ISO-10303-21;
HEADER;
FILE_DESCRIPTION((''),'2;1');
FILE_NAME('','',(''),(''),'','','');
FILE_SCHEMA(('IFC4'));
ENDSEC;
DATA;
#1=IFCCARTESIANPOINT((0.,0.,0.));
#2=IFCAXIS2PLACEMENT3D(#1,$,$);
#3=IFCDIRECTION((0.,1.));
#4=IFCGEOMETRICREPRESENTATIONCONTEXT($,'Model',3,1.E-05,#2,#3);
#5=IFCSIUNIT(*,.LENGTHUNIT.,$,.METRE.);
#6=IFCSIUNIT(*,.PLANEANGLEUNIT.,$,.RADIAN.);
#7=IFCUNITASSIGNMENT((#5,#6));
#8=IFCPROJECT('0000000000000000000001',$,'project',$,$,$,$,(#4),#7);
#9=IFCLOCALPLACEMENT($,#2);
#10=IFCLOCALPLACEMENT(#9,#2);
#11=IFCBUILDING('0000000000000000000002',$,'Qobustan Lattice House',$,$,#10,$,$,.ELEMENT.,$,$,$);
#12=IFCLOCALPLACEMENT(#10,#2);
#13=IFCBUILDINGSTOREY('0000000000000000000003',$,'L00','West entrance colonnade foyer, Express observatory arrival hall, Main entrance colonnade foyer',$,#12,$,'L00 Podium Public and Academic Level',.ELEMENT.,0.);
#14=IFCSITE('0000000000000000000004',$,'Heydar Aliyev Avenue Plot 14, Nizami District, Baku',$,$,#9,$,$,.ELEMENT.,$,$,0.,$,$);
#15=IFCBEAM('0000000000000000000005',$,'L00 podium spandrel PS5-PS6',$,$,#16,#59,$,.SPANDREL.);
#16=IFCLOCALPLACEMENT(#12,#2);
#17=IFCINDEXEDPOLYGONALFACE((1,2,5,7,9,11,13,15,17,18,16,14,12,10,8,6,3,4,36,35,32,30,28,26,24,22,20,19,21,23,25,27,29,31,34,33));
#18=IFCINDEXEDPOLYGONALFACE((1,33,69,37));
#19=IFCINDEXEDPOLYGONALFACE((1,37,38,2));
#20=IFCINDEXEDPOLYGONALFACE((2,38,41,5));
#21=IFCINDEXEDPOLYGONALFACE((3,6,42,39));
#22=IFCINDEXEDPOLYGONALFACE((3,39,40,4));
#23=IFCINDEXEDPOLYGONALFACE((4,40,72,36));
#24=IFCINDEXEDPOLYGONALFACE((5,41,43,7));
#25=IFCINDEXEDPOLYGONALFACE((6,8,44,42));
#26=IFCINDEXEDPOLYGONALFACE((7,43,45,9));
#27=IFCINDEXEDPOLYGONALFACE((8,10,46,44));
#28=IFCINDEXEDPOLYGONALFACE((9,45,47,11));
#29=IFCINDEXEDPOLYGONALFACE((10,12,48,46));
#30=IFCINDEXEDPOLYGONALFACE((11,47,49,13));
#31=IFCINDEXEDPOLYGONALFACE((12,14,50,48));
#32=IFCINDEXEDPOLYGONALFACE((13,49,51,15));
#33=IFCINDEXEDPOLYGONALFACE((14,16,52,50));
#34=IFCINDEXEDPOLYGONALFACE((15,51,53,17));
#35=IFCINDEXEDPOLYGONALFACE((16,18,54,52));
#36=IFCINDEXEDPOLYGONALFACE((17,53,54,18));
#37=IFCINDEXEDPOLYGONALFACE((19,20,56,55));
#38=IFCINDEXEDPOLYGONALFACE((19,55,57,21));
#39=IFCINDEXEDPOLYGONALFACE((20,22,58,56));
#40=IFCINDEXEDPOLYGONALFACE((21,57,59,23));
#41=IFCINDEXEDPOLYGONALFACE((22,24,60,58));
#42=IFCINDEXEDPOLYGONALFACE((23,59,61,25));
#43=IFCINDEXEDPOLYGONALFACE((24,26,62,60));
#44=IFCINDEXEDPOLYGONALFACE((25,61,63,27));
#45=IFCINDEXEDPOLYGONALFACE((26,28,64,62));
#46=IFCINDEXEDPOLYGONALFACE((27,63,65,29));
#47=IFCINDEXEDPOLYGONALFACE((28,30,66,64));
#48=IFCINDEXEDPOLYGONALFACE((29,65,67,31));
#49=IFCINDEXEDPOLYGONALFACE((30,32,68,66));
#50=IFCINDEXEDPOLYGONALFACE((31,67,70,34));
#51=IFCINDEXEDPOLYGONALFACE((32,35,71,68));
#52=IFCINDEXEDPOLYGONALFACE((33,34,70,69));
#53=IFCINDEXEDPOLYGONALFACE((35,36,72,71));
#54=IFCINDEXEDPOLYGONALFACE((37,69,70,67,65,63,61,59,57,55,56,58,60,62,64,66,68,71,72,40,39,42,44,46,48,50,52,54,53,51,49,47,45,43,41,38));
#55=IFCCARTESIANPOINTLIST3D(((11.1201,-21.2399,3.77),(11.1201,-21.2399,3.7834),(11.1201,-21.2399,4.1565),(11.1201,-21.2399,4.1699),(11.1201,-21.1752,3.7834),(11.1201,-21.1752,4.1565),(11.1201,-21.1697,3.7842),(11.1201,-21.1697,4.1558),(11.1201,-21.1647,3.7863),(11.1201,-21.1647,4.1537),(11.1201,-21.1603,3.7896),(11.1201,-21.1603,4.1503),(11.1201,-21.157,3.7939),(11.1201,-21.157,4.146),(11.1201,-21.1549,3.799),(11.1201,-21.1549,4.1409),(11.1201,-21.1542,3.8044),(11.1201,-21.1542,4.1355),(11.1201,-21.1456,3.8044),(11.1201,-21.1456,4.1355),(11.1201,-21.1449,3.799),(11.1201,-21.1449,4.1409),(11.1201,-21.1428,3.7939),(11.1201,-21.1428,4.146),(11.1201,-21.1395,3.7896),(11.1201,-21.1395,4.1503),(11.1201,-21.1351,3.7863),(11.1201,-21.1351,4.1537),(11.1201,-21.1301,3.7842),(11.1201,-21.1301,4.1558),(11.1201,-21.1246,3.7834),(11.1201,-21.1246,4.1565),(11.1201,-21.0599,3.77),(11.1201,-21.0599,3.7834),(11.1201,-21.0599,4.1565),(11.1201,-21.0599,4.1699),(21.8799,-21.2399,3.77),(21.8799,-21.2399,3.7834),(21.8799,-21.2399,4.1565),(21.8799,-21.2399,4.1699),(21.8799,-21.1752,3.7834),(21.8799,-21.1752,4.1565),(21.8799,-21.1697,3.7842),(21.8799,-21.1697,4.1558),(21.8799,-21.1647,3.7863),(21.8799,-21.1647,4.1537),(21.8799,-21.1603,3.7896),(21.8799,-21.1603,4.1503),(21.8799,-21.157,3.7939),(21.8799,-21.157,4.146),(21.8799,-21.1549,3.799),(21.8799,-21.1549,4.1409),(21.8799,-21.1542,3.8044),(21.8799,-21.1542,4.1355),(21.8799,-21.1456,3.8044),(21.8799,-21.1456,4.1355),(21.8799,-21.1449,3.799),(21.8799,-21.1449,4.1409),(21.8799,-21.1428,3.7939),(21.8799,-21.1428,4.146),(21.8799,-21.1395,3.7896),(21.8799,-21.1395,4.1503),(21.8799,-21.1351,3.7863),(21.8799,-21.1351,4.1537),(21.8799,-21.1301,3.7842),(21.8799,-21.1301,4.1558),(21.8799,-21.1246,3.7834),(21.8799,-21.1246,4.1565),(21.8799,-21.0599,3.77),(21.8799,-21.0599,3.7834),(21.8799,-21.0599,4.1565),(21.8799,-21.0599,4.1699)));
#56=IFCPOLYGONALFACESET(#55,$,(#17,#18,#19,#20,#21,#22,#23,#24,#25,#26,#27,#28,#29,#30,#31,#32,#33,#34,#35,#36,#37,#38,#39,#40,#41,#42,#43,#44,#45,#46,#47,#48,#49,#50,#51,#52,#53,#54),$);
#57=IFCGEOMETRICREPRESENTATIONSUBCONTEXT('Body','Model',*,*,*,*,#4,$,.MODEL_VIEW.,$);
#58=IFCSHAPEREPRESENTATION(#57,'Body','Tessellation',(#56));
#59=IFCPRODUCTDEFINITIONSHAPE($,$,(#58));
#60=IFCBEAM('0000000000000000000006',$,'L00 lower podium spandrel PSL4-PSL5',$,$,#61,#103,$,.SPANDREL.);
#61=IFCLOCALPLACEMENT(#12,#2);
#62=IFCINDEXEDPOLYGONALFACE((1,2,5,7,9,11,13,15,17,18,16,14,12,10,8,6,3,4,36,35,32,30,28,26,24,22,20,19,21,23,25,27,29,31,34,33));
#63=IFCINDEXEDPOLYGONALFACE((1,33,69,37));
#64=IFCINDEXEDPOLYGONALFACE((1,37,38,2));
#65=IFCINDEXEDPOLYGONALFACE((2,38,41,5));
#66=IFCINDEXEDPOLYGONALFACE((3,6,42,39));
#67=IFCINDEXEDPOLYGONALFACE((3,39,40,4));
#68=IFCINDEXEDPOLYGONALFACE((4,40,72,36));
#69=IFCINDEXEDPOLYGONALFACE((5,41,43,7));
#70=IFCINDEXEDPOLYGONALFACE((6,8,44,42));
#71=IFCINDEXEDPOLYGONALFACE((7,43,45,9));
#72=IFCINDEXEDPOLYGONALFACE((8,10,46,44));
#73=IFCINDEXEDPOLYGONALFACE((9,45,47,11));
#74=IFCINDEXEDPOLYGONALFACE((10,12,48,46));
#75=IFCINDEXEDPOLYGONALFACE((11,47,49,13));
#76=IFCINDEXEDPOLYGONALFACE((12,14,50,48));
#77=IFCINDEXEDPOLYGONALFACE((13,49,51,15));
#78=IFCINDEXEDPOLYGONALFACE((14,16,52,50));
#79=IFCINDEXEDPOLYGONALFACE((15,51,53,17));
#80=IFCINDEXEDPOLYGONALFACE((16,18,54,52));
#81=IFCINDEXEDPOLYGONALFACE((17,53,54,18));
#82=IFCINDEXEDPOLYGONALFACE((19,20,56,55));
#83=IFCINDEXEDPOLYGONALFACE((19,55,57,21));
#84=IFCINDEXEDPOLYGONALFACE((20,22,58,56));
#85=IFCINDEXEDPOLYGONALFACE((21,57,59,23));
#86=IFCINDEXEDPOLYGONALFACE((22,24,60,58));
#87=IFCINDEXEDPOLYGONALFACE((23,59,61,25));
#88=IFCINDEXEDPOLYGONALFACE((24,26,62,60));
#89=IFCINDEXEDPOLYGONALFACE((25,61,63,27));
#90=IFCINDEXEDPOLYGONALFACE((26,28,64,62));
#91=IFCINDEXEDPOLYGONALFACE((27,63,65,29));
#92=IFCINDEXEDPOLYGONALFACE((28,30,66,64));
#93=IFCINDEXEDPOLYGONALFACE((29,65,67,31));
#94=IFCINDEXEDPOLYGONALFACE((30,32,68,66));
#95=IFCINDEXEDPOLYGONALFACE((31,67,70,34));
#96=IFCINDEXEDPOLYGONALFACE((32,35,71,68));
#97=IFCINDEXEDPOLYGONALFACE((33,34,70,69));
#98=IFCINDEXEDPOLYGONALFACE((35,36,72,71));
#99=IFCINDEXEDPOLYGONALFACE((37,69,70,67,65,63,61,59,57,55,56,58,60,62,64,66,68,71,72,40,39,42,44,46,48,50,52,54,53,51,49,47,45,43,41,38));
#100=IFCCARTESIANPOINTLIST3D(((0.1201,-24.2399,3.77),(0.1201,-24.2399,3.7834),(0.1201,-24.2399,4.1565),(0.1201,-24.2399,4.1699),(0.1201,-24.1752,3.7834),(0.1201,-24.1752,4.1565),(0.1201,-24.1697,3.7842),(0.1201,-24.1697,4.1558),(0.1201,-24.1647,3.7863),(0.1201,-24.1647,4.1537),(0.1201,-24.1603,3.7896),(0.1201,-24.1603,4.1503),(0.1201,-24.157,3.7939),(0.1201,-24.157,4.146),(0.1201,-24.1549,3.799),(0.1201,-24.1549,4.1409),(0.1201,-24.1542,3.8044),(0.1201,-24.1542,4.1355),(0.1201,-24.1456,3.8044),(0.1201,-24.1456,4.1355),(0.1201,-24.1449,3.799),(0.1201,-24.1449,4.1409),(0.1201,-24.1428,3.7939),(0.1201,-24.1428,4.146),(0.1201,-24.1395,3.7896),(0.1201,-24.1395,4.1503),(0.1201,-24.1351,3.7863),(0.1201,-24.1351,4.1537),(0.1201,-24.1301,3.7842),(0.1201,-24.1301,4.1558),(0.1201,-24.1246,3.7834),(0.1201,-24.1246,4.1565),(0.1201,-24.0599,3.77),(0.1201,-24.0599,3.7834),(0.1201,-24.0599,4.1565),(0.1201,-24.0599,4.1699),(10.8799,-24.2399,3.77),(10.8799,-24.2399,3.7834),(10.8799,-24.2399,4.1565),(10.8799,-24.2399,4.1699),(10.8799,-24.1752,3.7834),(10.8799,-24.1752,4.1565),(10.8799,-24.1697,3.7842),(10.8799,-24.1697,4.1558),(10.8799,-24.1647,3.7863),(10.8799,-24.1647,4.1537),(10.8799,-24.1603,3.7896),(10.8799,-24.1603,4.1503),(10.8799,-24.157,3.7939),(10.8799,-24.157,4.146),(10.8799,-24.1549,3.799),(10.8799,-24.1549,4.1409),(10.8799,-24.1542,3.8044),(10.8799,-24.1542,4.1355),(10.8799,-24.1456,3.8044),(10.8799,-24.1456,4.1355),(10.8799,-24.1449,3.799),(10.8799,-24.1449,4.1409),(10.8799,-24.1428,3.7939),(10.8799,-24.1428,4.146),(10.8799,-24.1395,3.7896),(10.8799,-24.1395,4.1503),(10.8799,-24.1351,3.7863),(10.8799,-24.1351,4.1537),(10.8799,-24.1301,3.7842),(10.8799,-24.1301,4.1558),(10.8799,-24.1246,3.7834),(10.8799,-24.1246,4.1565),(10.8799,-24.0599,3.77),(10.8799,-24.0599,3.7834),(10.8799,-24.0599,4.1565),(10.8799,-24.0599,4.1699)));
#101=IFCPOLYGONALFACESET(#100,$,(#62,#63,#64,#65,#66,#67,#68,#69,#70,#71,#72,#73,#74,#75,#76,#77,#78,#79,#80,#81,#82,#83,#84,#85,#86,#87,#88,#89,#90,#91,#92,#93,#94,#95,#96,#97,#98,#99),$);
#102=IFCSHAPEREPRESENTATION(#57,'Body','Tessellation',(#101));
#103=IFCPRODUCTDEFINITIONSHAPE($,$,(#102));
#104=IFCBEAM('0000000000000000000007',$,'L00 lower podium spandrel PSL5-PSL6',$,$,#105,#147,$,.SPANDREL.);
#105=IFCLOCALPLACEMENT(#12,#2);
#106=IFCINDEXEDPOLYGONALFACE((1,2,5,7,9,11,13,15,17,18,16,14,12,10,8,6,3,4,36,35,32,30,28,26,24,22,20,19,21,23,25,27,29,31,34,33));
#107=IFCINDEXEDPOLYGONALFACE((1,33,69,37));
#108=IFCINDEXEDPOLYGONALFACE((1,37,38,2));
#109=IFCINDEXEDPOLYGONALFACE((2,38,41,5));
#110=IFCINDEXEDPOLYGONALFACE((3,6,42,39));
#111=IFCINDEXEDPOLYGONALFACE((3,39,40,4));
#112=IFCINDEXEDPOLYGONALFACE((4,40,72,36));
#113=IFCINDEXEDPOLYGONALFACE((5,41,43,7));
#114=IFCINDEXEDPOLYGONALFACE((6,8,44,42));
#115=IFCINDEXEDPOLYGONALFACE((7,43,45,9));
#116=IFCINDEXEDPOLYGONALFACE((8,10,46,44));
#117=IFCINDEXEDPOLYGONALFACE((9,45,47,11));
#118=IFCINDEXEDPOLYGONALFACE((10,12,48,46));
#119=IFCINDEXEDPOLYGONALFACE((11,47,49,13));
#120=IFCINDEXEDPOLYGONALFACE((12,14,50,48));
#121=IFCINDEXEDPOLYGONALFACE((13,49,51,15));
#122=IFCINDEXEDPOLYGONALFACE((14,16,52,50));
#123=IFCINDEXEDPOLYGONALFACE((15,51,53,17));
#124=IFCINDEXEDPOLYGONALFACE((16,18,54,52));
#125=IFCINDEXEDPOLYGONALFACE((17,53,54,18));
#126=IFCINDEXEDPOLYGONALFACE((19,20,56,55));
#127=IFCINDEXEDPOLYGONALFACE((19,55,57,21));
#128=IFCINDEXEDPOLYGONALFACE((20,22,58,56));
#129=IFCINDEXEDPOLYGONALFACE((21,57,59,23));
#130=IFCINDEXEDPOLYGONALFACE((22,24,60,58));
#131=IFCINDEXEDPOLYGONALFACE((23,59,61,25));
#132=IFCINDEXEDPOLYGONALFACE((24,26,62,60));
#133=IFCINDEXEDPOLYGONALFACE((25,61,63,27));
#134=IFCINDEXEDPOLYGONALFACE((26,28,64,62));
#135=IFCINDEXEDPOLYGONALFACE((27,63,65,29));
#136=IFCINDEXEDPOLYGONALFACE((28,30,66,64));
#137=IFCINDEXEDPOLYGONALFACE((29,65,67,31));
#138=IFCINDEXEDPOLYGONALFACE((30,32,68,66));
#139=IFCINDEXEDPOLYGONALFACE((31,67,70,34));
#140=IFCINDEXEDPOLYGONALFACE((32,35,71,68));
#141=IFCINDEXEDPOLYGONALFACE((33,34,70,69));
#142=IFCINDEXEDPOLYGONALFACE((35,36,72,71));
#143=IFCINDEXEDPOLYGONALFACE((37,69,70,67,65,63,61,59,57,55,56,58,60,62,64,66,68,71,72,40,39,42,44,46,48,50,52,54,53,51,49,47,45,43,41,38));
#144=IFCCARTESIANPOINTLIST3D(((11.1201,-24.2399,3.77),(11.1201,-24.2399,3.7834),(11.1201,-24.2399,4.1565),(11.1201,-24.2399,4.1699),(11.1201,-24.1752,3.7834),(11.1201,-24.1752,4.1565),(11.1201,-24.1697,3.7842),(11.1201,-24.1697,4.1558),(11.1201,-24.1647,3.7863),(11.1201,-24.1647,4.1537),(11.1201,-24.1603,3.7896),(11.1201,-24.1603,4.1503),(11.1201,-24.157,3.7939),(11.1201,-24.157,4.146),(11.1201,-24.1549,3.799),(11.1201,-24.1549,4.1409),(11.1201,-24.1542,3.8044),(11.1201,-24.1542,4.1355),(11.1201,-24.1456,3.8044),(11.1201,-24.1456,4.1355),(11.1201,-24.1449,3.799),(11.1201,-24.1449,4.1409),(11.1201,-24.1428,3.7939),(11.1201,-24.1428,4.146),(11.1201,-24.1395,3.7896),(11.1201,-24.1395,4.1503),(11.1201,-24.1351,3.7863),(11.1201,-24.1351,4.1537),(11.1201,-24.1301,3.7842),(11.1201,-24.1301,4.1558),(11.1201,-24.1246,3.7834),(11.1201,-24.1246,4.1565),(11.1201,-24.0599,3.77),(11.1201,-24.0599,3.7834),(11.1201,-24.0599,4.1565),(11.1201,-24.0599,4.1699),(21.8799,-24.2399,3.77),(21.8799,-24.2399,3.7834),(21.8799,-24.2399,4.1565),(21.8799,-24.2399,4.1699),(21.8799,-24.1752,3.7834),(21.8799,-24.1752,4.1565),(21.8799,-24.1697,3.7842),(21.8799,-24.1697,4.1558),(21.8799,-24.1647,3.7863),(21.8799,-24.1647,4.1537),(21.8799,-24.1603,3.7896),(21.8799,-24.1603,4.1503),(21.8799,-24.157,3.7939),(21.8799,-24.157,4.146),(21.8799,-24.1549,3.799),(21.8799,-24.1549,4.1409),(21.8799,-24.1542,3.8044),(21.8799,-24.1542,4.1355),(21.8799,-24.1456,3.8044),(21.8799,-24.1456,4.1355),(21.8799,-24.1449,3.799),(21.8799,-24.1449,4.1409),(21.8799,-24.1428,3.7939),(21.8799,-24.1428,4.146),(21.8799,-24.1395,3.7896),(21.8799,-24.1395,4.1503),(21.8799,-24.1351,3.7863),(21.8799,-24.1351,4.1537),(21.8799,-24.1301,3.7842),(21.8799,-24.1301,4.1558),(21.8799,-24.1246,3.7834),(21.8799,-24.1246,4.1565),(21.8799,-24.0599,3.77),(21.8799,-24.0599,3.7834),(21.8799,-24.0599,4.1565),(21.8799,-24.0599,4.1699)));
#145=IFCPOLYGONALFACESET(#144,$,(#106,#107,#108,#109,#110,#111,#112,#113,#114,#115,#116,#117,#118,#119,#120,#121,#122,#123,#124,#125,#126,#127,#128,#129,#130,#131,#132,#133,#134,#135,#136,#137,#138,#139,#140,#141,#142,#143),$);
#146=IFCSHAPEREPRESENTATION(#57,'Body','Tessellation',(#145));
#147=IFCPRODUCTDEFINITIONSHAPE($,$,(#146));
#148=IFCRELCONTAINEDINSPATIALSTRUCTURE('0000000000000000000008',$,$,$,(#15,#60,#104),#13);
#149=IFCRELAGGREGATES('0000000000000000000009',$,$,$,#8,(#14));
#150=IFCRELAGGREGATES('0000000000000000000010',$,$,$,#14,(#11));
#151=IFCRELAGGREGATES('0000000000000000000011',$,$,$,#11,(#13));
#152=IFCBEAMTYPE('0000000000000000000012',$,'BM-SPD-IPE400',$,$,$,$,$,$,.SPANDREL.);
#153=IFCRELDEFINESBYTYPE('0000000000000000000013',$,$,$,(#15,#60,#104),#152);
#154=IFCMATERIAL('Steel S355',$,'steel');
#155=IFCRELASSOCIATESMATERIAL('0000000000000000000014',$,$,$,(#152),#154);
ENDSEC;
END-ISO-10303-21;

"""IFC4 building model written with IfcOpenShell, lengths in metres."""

from ifc_helpers import new_model, si_unit, direction, frame, origin, origin_2d, place, context, subcontext, project, spatial, i_section, extrude, material, material_profile, profile_set, type_object, element, save


model = new_model("IFC4")

# Units and contexts
model_context = context("Model", 3, precision=1e-05, world=origin(), true_north=direction((0.0, 1.0)))
body_context = subcontext(model_context, "Body", "Model", "MODEL_VIEW")
ifc_project = project(units=[si_unit("LENGTHUNIT", "METRE"), si_unit("PLANEANGLEUNIT", "RADIAN")], contexts=[model_context])

# Site, building, storey
site_placement = place(None, origin())
site = spatial("IfcSite", under=ifc_project, at=site_placement, Name="Heydar Aliyev Avenue Plot 14, Nizami District, Baku", CompositionType="ELEMENT", RefElevation=0.0)
building_placement = place(site_placement, origin())
building = spatial("IfcBuilding", under=site, at=building_placement, Name="Qobustan Lattice House", CompositionType="ELEMENT")
storey_placement = place(building_placement, origin())
storey = spatial("IfcBuildingStorey", under=building, at=storey_placement, Name="L00", Description="West entrance colonnade foyer, Express observatory arrival hall, Main entrance colonnade foyer", LongName="L00 Podium Public and Academic Level", CompositionType="ELEMENT", Elevation=0.0)

# Beams
ifc_material_1 = material(Name="Steel S355", Category="steel")
ifc_material_profile_1 = material_profile(ifc_material_1, i_section(OverallWidth=0.1799, OverallDepth=0.3999, WebThickness=0.0085, FlangeThickness=0.0134, FilletRadius=0.021, at=origin_2d()), Name="IPE400")
ifc_profile_set_1 = profile_set([ifc_material_profile_1], Name="Steel S355")
beam_type_1 = type_object("IfcBeamType", Name="BM-SPD-IPE400", PredefinedType="SPANDREL", material=ifc_profile_set_1)
for number, where, z_axis, x_axis, name in (
    (1, (11.1201, -21.1499, 3.97), (1.0, 0.0, 0.0), (0.0, 1.0, 0.0), "L00 podium spandrel PS5-PS6"),
    (2, (0.1201, -24.1499, 3.97), (1.0, 0.0, 0.0), (0.0, 1.0, 0.0), "L00 lower podium spandrel PSL4-PSL5"),
    (3, (11.1201, -24.1499, 3.97), (1.0, 0.0, 0.0), (0.0, 1.0, 0.0), "L00 lower podium spandrel PSL5-PSL6"),
):
    element("IfcBeam", number, at=place(storey_placement, frame(where, z_axis=z_axis, x_axis=x_axis)), inside=storey, type_object=beam_type_1, Name=name, PredefinedType="SPANDREL", context=body_context, shape_type="SweptSolid", body=[
        extrude(i_section(OverallWidth=0.1799, OverallDepth=0.3999, WebThickness=0.0085, FlangeThickness=0.0134, FilletRadius=0.021, at=origin_2d()), origin(), (0.0, 0.0, 1.0), 10.7598),
    ])

save(model, "model.ifc")
